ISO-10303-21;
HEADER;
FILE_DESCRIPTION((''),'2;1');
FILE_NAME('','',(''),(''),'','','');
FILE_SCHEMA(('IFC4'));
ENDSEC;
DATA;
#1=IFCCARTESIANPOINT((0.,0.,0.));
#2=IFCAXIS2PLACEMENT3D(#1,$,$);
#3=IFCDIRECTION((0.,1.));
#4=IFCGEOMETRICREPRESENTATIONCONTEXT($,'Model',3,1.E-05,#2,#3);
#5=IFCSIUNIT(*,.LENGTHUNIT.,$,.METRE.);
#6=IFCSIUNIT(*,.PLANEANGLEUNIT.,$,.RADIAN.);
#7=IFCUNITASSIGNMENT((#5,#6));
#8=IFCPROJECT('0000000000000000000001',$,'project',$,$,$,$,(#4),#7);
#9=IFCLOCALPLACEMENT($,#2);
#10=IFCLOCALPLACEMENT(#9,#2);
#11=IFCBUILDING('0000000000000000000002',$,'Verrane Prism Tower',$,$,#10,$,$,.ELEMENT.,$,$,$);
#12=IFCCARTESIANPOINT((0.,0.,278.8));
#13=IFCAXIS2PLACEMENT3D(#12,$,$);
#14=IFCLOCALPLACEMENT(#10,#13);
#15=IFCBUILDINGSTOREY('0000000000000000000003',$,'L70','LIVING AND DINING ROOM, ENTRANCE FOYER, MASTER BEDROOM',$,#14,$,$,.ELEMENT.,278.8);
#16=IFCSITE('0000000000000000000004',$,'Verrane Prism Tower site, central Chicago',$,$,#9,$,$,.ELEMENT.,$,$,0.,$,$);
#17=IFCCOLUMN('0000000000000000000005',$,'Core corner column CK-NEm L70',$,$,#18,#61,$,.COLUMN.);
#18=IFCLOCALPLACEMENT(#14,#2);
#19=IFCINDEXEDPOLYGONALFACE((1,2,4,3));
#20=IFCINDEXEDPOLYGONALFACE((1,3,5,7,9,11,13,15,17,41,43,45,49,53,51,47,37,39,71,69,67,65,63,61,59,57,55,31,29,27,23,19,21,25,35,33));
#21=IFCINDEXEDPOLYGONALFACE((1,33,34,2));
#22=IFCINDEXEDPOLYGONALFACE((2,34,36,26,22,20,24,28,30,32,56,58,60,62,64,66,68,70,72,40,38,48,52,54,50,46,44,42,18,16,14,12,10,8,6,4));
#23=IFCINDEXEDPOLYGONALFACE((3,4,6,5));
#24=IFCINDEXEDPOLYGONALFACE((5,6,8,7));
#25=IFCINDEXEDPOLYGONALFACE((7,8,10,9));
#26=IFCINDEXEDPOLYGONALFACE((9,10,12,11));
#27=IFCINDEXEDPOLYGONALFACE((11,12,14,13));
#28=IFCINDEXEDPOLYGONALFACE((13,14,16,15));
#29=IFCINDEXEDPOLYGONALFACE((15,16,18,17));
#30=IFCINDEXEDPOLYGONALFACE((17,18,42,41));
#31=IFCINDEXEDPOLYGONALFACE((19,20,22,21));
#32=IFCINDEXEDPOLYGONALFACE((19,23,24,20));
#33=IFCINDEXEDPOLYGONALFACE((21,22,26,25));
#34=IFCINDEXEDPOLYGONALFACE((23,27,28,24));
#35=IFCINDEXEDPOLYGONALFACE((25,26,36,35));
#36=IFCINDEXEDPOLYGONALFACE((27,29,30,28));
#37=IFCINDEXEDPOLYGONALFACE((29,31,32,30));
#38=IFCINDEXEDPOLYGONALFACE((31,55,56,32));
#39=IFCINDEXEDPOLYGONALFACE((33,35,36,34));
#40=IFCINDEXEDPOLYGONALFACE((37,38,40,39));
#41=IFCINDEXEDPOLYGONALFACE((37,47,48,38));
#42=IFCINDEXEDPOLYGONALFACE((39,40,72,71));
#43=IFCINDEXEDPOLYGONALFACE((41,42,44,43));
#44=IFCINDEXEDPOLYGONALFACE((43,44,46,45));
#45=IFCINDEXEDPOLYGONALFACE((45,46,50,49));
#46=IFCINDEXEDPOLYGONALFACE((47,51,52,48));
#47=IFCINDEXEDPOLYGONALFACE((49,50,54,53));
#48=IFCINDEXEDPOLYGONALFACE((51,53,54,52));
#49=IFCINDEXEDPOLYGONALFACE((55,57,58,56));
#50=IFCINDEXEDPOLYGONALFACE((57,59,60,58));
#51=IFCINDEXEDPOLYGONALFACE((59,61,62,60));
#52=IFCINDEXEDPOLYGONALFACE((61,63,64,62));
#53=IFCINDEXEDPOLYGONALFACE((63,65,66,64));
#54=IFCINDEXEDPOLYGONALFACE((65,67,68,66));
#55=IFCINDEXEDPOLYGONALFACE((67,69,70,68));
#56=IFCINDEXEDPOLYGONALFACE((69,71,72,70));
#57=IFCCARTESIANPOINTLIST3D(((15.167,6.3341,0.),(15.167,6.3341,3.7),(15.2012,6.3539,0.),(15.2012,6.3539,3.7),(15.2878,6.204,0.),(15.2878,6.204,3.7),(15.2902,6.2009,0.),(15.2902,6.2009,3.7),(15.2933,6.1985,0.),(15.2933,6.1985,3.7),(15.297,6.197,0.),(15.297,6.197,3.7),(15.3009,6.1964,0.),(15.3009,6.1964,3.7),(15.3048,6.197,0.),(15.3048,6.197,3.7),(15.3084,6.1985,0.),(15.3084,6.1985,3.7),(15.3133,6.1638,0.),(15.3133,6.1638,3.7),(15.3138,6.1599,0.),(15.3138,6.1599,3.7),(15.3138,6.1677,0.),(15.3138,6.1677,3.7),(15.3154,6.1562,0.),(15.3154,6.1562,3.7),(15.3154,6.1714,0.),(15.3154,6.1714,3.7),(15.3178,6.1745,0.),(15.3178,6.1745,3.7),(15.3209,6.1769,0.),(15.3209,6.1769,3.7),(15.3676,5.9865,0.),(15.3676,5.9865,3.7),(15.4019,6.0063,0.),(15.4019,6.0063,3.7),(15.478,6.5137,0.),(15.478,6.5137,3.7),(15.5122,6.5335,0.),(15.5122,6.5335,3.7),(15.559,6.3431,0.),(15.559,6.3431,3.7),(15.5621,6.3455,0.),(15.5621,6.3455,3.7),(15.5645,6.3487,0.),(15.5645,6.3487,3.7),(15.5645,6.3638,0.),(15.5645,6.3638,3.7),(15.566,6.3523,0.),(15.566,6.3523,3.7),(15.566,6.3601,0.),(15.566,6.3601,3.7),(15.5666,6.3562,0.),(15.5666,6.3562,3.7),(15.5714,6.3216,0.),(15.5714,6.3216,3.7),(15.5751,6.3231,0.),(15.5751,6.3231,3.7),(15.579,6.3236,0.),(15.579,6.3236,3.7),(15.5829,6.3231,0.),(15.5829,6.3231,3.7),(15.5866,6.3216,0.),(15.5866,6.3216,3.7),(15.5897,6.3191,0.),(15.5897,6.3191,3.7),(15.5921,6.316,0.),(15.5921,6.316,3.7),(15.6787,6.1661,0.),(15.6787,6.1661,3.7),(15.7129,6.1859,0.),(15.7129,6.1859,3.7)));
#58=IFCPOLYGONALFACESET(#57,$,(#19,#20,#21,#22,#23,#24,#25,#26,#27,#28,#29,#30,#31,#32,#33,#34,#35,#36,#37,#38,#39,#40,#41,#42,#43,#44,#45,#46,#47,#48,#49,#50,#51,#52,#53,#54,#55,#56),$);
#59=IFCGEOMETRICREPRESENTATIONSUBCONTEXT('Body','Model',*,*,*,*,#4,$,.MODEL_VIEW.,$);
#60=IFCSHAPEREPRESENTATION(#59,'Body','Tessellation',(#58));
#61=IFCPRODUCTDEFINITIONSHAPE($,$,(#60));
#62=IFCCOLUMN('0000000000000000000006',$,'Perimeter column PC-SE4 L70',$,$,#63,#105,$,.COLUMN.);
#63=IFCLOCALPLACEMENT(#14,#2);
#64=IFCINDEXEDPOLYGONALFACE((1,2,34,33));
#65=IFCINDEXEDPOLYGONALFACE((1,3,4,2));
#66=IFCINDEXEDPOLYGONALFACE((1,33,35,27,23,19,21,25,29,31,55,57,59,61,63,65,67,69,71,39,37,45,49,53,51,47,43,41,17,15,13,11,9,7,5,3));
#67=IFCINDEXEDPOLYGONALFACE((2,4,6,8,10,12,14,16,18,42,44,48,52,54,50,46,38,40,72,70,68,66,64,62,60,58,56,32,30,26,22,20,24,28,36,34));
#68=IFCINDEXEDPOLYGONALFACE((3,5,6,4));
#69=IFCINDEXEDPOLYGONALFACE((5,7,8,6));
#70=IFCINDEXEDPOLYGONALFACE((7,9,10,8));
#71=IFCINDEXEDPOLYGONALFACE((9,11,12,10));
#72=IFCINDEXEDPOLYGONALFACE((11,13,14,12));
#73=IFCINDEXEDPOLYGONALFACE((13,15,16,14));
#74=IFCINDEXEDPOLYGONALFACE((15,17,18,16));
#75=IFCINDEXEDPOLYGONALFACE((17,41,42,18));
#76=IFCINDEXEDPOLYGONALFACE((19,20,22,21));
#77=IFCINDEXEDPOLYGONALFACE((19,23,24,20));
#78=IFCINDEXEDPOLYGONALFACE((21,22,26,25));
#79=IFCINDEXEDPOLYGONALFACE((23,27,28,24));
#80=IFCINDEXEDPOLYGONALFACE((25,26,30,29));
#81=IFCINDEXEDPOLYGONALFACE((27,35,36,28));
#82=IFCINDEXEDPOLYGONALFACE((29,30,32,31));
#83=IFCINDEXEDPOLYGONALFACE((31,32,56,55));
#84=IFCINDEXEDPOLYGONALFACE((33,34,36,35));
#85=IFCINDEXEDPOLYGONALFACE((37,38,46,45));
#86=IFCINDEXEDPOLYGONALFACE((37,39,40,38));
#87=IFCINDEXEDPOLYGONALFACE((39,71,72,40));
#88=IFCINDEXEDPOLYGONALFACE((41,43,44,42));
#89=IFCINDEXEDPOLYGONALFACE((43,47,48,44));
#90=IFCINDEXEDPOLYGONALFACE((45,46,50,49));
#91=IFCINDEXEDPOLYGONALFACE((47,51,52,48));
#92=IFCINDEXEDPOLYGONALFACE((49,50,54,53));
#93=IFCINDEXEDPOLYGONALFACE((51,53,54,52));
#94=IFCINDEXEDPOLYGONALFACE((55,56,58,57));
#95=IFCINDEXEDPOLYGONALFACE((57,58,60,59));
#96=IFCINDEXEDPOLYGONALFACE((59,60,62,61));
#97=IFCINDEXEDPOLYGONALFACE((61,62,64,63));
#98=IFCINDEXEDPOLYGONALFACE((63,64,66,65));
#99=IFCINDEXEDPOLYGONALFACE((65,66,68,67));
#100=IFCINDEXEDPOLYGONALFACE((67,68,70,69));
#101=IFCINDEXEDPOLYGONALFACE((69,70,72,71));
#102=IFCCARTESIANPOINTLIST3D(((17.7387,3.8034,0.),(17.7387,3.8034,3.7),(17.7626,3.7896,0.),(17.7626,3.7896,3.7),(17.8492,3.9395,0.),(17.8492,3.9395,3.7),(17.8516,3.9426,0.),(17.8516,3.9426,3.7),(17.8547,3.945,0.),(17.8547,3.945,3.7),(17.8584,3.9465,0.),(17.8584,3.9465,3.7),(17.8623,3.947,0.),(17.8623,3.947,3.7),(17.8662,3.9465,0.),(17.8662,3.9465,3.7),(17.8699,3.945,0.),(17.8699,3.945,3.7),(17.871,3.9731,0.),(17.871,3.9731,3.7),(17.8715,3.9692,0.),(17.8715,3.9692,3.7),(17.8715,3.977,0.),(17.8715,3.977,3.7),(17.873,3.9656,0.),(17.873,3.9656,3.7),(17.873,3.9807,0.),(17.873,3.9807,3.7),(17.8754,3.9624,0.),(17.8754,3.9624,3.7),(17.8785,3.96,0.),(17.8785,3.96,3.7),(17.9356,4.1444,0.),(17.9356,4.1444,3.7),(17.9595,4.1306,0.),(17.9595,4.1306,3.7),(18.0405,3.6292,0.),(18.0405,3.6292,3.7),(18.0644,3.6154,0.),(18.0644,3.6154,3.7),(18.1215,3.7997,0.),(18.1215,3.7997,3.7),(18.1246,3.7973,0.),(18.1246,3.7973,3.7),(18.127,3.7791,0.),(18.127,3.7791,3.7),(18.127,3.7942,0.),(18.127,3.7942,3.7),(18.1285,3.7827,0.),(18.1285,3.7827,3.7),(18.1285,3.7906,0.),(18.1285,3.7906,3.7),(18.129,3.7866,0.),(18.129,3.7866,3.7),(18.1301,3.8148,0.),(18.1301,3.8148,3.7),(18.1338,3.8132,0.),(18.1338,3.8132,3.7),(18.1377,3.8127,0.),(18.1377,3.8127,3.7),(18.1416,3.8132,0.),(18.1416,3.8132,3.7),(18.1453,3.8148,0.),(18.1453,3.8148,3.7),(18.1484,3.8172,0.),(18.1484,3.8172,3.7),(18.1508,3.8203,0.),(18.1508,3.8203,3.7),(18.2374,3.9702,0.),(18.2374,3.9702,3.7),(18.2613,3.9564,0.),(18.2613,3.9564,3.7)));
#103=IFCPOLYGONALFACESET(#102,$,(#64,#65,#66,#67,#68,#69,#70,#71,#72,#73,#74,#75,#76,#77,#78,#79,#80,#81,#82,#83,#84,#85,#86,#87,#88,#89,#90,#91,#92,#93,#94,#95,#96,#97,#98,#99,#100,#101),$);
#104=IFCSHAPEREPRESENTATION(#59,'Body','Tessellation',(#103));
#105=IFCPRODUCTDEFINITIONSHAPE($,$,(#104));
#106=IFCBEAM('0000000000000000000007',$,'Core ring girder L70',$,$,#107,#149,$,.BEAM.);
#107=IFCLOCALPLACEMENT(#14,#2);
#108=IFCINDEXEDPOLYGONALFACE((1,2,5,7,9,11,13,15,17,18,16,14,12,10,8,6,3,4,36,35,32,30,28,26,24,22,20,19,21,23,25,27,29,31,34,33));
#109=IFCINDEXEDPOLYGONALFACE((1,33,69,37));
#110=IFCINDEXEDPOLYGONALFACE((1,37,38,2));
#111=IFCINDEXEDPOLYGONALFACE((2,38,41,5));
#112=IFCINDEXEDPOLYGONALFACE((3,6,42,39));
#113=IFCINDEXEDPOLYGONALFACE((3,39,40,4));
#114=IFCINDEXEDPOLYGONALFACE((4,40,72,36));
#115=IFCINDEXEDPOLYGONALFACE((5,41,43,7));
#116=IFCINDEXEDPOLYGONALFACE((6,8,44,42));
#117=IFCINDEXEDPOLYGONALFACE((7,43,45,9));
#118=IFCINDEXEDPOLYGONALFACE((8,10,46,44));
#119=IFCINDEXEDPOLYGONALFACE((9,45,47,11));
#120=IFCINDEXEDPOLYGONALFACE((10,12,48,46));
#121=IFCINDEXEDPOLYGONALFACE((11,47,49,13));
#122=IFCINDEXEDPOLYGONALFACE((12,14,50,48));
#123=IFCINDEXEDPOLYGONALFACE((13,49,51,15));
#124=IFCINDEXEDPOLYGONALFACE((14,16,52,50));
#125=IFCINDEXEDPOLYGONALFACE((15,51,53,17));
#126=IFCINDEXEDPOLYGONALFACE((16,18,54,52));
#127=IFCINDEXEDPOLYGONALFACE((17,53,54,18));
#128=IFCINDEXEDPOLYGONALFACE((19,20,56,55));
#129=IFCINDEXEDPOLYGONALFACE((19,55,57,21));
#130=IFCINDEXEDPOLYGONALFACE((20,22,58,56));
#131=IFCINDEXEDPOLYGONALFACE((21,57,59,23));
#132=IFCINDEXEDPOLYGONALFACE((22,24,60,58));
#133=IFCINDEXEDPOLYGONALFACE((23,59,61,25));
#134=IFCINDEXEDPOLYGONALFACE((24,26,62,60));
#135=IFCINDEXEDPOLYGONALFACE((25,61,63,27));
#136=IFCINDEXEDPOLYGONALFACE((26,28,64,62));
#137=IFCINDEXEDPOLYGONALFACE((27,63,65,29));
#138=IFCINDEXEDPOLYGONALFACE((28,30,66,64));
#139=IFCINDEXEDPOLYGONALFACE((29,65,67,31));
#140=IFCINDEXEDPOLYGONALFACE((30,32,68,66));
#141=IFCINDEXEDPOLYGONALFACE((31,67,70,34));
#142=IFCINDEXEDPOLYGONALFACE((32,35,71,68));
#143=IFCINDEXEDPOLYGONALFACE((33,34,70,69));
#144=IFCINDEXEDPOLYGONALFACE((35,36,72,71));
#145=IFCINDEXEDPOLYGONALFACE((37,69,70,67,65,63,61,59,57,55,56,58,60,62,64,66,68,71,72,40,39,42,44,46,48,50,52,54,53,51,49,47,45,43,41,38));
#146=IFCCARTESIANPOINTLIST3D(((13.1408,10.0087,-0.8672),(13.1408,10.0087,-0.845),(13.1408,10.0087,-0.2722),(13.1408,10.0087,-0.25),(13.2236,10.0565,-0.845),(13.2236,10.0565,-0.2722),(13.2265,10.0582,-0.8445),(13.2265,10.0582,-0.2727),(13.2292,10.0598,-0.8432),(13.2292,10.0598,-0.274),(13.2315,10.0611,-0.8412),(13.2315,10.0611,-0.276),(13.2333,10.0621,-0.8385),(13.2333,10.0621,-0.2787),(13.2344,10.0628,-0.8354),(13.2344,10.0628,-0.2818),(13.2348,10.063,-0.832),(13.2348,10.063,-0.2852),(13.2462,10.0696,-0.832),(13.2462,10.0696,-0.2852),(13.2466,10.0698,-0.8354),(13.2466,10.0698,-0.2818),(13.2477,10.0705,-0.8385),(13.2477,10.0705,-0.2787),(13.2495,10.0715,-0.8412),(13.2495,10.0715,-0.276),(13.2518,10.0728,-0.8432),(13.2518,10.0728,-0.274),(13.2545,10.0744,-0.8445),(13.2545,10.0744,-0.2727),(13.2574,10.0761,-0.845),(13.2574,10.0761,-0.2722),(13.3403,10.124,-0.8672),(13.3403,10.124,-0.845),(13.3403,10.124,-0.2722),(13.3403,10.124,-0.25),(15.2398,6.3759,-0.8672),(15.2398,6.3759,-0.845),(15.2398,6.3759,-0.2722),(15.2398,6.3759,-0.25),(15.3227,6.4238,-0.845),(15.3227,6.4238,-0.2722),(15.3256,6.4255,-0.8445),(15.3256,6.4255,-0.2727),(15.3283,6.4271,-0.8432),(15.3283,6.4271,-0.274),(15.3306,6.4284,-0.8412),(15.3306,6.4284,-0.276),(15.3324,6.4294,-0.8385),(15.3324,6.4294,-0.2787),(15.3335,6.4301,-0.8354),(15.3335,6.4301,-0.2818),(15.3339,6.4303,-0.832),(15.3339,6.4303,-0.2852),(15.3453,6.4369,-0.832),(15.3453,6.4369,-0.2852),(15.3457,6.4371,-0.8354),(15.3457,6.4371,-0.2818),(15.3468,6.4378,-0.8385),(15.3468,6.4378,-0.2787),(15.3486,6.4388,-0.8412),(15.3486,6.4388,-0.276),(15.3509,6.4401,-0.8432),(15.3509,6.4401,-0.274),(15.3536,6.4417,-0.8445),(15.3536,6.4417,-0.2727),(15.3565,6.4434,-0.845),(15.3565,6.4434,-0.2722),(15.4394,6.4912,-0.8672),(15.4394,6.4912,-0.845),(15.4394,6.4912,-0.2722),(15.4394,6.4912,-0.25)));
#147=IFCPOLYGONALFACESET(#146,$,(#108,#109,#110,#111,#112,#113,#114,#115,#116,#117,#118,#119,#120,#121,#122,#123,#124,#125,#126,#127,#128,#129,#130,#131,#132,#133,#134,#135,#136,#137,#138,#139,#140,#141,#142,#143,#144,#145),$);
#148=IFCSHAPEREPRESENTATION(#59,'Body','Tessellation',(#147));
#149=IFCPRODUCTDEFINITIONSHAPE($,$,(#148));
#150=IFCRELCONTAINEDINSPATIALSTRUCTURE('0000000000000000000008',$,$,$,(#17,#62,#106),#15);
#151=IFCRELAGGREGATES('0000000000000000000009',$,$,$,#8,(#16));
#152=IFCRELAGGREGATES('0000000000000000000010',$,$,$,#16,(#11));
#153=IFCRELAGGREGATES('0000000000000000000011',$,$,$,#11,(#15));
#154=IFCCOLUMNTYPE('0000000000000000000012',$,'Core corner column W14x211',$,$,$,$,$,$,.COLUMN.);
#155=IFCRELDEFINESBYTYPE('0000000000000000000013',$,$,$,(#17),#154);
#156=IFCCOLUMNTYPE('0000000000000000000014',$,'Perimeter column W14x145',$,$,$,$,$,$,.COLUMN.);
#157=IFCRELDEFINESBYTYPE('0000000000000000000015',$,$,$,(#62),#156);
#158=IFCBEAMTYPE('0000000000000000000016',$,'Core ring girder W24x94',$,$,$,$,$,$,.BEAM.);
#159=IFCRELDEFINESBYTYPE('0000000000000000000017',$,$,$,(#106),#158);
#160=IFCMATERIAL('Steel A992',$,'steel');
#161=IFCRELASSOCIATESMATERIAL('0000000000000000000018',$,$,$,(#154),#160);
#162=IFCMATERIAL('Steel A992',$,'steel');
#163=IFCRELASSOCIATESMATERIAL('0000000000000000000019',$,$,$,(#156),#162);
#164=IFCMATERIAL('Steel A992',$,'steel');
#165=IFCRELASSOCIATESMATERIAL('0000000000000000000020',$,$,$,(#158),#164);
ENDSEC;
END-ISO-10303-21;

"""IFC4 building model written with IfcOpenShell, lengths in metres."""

from ifc_helpers import new_model, si_unit, direction, frame, origin, origin_2d, place, context, subcontext, project, spatial, i_section, extrude, material, material_profile, profile_set, type_object, element, save


model = new_model("IFC4")

# Units and contexts
model_context = context("Model", 3, precision=1e-05, world=origin(), true_north=direction((0.0, 1.0)))
body_context = subcontext(model_context, "Body", "Model", "MODEL_VIEW")
ifc_project = project(units=[si_unit("LENGTHUNIT", "METRE"), si_unit("PLANEANGLEUNIT", "RADIAN")], contexts=[model_context])

# Site, building, storey
site_placement = place(None, origin())
site = spatial("IfcSite", under=ifc_project, at=site_placement, Name="Verrane Prism Tower site, central Chicago", CompositionType="ELEMENT", RefElevation=0.0)
building_placement = place(site_placement, origin())
building = spatial("IfcBuilding", under=site, at=building_placement, Name="Verrane Prism Tower", CompositionType="ELEMENT")
storey_placement = place(building_placement, frame((0.0, 0.0, 278.8)))
storey = spatial("IfcBuildingStorey", under=building, at=storey_placement, Name="L70", Description="LIVING AND DINING ROOM, ENTRANCE FOYER, MASTER BEDROOM", CompositionType="ELEMENT", Elevation=278.8)

# Columns
ifc_material_1 = material(Name="Steel A992", Category="steel")
ifc_material_profile_1 = material_profile(ifc_material_1, i_section(OverallWidth=0.4014, OverallDepth=0.3987, WebThickness=0.0249, FlangeThickness=0.0396, FilletRadius=0.0151, at=origin_2d()), Name="W14x211")
ifc_profile_set_1 = profile_set([ifc_material_profile_1], Name="Steel A992")
column_type_1 = type_object("IfcColumnType", Name="Core corner column W14x211", PredefinedType="COLUMN", material=ifc_profile_set_1)
column_1_placement = place(storey_placement, frame((15.4399, 6.26, 0.0), z_axis=(0.0, 0.0, 1.0), x_axis=(0.5, -0.866025, 0.0)))
element("IfcColumn", 1, at=column_1_placement, inside=storey, type_object=column_type_1, Name="Core corner column CK-NEm L70", PredefinedType="COLUMN", context=body_context, shape_type="SweptSolid", body=[
    extrude(i_section(OverallWidth=0.4014, OverallDepth=0.3987, WebThickness=0.0249, FlangeThickness=0.0396, FilletRadius=0.0151, at=origin_2d()), origin(), (0.0, 0.0, 1.0), 3.7),
])
ifc_material_2 = material(Name="Steel A992", Category="steel")
ifc_material_profile_2 = material_profile(ifc_material_2, i_section(OverallWidth=0.3938, OverallDepth=0.376, WebThickness=0.0173, FlangeThickness=0.0276, FilletRadius=0.0151, at=origin_2d()), Name="W14x145")
ifc_profile_set_2 = profile_set([ifc_material_profile_2], Name="Steel A992")
column_type_2 = type_object("IfcColumnType", Name="Perimeter column W14x145", PredefinedType="COLUMN", material=ifc_profile_set_2)
column_2_placement = place(storey_placement, frame((18.0, 3.8799, 0.0), z_axis=(0.0, 0.0, 1.0), x_axis=(-0.5, -0.866025, 0.0)))
element("IfcColumn", 2, at=column_2_placement, inside=storey, type_object=column_type_2, Name="Perimeter column PC-SE4 L70", PredefinedType="COLUMN", context=body_context, shape_type="SweptSolid", body=[
    extrude(i_section(OverallWidth=0.3938, OverallDepth=0.376, WebThickness=0.0173, FlangeThickness=0.0276, FilletRadius=0.0151, at=origin_2d()), origin(), (0.0, 0.0, 1.0), 3.7),
])

# Beam
ifc_material_3 = material(Name="Steel A992", Category="steel")
ifc_material_profile_3 = material_profile(ifc_material_3, i_section(OverallWidth=0.2305, OverallDepth=0.6172, WebThickness=0.0132, FlangeThickness=0.0222, FilletRadius=0.0129, at=origin_2d()), Name="W24x94")
ifc_profile_set_3 = profile_set([ifc_material_profile_3], Name="Steel A992")
beam_type_1 = type_object("IfcBeamType", Name="Core ring girder W24x94", PredefinedType="BEAM", material=ifc_profile_set_3)
beam_1_placement = place(storey_placement, frame((15.3396, 6.4336, -0.5586), z_axis=(-0.500307, 0.865848, 0.0), x_axis=(-0.865848, -0.500307, 0.0)))
element("IfcBeam", 3, at=beam_1_placement, inside=storey, type_object=beam_type_1, Name="Core ring girder L70", PredefinedType="BEAM", context=body_context, shape_type="SweptSolid", body=[
    extrude(i_section(OverallWidth=0.2305, OverallDepth=0.6172, WebThickness=0.0132, FlangeThickness=0.0222, FilletRadius=0.0129, at=origin_2d()), origin(), (0.0, 0.0, 1.0), 4.1956),
])

save(model, "model.ifc")
